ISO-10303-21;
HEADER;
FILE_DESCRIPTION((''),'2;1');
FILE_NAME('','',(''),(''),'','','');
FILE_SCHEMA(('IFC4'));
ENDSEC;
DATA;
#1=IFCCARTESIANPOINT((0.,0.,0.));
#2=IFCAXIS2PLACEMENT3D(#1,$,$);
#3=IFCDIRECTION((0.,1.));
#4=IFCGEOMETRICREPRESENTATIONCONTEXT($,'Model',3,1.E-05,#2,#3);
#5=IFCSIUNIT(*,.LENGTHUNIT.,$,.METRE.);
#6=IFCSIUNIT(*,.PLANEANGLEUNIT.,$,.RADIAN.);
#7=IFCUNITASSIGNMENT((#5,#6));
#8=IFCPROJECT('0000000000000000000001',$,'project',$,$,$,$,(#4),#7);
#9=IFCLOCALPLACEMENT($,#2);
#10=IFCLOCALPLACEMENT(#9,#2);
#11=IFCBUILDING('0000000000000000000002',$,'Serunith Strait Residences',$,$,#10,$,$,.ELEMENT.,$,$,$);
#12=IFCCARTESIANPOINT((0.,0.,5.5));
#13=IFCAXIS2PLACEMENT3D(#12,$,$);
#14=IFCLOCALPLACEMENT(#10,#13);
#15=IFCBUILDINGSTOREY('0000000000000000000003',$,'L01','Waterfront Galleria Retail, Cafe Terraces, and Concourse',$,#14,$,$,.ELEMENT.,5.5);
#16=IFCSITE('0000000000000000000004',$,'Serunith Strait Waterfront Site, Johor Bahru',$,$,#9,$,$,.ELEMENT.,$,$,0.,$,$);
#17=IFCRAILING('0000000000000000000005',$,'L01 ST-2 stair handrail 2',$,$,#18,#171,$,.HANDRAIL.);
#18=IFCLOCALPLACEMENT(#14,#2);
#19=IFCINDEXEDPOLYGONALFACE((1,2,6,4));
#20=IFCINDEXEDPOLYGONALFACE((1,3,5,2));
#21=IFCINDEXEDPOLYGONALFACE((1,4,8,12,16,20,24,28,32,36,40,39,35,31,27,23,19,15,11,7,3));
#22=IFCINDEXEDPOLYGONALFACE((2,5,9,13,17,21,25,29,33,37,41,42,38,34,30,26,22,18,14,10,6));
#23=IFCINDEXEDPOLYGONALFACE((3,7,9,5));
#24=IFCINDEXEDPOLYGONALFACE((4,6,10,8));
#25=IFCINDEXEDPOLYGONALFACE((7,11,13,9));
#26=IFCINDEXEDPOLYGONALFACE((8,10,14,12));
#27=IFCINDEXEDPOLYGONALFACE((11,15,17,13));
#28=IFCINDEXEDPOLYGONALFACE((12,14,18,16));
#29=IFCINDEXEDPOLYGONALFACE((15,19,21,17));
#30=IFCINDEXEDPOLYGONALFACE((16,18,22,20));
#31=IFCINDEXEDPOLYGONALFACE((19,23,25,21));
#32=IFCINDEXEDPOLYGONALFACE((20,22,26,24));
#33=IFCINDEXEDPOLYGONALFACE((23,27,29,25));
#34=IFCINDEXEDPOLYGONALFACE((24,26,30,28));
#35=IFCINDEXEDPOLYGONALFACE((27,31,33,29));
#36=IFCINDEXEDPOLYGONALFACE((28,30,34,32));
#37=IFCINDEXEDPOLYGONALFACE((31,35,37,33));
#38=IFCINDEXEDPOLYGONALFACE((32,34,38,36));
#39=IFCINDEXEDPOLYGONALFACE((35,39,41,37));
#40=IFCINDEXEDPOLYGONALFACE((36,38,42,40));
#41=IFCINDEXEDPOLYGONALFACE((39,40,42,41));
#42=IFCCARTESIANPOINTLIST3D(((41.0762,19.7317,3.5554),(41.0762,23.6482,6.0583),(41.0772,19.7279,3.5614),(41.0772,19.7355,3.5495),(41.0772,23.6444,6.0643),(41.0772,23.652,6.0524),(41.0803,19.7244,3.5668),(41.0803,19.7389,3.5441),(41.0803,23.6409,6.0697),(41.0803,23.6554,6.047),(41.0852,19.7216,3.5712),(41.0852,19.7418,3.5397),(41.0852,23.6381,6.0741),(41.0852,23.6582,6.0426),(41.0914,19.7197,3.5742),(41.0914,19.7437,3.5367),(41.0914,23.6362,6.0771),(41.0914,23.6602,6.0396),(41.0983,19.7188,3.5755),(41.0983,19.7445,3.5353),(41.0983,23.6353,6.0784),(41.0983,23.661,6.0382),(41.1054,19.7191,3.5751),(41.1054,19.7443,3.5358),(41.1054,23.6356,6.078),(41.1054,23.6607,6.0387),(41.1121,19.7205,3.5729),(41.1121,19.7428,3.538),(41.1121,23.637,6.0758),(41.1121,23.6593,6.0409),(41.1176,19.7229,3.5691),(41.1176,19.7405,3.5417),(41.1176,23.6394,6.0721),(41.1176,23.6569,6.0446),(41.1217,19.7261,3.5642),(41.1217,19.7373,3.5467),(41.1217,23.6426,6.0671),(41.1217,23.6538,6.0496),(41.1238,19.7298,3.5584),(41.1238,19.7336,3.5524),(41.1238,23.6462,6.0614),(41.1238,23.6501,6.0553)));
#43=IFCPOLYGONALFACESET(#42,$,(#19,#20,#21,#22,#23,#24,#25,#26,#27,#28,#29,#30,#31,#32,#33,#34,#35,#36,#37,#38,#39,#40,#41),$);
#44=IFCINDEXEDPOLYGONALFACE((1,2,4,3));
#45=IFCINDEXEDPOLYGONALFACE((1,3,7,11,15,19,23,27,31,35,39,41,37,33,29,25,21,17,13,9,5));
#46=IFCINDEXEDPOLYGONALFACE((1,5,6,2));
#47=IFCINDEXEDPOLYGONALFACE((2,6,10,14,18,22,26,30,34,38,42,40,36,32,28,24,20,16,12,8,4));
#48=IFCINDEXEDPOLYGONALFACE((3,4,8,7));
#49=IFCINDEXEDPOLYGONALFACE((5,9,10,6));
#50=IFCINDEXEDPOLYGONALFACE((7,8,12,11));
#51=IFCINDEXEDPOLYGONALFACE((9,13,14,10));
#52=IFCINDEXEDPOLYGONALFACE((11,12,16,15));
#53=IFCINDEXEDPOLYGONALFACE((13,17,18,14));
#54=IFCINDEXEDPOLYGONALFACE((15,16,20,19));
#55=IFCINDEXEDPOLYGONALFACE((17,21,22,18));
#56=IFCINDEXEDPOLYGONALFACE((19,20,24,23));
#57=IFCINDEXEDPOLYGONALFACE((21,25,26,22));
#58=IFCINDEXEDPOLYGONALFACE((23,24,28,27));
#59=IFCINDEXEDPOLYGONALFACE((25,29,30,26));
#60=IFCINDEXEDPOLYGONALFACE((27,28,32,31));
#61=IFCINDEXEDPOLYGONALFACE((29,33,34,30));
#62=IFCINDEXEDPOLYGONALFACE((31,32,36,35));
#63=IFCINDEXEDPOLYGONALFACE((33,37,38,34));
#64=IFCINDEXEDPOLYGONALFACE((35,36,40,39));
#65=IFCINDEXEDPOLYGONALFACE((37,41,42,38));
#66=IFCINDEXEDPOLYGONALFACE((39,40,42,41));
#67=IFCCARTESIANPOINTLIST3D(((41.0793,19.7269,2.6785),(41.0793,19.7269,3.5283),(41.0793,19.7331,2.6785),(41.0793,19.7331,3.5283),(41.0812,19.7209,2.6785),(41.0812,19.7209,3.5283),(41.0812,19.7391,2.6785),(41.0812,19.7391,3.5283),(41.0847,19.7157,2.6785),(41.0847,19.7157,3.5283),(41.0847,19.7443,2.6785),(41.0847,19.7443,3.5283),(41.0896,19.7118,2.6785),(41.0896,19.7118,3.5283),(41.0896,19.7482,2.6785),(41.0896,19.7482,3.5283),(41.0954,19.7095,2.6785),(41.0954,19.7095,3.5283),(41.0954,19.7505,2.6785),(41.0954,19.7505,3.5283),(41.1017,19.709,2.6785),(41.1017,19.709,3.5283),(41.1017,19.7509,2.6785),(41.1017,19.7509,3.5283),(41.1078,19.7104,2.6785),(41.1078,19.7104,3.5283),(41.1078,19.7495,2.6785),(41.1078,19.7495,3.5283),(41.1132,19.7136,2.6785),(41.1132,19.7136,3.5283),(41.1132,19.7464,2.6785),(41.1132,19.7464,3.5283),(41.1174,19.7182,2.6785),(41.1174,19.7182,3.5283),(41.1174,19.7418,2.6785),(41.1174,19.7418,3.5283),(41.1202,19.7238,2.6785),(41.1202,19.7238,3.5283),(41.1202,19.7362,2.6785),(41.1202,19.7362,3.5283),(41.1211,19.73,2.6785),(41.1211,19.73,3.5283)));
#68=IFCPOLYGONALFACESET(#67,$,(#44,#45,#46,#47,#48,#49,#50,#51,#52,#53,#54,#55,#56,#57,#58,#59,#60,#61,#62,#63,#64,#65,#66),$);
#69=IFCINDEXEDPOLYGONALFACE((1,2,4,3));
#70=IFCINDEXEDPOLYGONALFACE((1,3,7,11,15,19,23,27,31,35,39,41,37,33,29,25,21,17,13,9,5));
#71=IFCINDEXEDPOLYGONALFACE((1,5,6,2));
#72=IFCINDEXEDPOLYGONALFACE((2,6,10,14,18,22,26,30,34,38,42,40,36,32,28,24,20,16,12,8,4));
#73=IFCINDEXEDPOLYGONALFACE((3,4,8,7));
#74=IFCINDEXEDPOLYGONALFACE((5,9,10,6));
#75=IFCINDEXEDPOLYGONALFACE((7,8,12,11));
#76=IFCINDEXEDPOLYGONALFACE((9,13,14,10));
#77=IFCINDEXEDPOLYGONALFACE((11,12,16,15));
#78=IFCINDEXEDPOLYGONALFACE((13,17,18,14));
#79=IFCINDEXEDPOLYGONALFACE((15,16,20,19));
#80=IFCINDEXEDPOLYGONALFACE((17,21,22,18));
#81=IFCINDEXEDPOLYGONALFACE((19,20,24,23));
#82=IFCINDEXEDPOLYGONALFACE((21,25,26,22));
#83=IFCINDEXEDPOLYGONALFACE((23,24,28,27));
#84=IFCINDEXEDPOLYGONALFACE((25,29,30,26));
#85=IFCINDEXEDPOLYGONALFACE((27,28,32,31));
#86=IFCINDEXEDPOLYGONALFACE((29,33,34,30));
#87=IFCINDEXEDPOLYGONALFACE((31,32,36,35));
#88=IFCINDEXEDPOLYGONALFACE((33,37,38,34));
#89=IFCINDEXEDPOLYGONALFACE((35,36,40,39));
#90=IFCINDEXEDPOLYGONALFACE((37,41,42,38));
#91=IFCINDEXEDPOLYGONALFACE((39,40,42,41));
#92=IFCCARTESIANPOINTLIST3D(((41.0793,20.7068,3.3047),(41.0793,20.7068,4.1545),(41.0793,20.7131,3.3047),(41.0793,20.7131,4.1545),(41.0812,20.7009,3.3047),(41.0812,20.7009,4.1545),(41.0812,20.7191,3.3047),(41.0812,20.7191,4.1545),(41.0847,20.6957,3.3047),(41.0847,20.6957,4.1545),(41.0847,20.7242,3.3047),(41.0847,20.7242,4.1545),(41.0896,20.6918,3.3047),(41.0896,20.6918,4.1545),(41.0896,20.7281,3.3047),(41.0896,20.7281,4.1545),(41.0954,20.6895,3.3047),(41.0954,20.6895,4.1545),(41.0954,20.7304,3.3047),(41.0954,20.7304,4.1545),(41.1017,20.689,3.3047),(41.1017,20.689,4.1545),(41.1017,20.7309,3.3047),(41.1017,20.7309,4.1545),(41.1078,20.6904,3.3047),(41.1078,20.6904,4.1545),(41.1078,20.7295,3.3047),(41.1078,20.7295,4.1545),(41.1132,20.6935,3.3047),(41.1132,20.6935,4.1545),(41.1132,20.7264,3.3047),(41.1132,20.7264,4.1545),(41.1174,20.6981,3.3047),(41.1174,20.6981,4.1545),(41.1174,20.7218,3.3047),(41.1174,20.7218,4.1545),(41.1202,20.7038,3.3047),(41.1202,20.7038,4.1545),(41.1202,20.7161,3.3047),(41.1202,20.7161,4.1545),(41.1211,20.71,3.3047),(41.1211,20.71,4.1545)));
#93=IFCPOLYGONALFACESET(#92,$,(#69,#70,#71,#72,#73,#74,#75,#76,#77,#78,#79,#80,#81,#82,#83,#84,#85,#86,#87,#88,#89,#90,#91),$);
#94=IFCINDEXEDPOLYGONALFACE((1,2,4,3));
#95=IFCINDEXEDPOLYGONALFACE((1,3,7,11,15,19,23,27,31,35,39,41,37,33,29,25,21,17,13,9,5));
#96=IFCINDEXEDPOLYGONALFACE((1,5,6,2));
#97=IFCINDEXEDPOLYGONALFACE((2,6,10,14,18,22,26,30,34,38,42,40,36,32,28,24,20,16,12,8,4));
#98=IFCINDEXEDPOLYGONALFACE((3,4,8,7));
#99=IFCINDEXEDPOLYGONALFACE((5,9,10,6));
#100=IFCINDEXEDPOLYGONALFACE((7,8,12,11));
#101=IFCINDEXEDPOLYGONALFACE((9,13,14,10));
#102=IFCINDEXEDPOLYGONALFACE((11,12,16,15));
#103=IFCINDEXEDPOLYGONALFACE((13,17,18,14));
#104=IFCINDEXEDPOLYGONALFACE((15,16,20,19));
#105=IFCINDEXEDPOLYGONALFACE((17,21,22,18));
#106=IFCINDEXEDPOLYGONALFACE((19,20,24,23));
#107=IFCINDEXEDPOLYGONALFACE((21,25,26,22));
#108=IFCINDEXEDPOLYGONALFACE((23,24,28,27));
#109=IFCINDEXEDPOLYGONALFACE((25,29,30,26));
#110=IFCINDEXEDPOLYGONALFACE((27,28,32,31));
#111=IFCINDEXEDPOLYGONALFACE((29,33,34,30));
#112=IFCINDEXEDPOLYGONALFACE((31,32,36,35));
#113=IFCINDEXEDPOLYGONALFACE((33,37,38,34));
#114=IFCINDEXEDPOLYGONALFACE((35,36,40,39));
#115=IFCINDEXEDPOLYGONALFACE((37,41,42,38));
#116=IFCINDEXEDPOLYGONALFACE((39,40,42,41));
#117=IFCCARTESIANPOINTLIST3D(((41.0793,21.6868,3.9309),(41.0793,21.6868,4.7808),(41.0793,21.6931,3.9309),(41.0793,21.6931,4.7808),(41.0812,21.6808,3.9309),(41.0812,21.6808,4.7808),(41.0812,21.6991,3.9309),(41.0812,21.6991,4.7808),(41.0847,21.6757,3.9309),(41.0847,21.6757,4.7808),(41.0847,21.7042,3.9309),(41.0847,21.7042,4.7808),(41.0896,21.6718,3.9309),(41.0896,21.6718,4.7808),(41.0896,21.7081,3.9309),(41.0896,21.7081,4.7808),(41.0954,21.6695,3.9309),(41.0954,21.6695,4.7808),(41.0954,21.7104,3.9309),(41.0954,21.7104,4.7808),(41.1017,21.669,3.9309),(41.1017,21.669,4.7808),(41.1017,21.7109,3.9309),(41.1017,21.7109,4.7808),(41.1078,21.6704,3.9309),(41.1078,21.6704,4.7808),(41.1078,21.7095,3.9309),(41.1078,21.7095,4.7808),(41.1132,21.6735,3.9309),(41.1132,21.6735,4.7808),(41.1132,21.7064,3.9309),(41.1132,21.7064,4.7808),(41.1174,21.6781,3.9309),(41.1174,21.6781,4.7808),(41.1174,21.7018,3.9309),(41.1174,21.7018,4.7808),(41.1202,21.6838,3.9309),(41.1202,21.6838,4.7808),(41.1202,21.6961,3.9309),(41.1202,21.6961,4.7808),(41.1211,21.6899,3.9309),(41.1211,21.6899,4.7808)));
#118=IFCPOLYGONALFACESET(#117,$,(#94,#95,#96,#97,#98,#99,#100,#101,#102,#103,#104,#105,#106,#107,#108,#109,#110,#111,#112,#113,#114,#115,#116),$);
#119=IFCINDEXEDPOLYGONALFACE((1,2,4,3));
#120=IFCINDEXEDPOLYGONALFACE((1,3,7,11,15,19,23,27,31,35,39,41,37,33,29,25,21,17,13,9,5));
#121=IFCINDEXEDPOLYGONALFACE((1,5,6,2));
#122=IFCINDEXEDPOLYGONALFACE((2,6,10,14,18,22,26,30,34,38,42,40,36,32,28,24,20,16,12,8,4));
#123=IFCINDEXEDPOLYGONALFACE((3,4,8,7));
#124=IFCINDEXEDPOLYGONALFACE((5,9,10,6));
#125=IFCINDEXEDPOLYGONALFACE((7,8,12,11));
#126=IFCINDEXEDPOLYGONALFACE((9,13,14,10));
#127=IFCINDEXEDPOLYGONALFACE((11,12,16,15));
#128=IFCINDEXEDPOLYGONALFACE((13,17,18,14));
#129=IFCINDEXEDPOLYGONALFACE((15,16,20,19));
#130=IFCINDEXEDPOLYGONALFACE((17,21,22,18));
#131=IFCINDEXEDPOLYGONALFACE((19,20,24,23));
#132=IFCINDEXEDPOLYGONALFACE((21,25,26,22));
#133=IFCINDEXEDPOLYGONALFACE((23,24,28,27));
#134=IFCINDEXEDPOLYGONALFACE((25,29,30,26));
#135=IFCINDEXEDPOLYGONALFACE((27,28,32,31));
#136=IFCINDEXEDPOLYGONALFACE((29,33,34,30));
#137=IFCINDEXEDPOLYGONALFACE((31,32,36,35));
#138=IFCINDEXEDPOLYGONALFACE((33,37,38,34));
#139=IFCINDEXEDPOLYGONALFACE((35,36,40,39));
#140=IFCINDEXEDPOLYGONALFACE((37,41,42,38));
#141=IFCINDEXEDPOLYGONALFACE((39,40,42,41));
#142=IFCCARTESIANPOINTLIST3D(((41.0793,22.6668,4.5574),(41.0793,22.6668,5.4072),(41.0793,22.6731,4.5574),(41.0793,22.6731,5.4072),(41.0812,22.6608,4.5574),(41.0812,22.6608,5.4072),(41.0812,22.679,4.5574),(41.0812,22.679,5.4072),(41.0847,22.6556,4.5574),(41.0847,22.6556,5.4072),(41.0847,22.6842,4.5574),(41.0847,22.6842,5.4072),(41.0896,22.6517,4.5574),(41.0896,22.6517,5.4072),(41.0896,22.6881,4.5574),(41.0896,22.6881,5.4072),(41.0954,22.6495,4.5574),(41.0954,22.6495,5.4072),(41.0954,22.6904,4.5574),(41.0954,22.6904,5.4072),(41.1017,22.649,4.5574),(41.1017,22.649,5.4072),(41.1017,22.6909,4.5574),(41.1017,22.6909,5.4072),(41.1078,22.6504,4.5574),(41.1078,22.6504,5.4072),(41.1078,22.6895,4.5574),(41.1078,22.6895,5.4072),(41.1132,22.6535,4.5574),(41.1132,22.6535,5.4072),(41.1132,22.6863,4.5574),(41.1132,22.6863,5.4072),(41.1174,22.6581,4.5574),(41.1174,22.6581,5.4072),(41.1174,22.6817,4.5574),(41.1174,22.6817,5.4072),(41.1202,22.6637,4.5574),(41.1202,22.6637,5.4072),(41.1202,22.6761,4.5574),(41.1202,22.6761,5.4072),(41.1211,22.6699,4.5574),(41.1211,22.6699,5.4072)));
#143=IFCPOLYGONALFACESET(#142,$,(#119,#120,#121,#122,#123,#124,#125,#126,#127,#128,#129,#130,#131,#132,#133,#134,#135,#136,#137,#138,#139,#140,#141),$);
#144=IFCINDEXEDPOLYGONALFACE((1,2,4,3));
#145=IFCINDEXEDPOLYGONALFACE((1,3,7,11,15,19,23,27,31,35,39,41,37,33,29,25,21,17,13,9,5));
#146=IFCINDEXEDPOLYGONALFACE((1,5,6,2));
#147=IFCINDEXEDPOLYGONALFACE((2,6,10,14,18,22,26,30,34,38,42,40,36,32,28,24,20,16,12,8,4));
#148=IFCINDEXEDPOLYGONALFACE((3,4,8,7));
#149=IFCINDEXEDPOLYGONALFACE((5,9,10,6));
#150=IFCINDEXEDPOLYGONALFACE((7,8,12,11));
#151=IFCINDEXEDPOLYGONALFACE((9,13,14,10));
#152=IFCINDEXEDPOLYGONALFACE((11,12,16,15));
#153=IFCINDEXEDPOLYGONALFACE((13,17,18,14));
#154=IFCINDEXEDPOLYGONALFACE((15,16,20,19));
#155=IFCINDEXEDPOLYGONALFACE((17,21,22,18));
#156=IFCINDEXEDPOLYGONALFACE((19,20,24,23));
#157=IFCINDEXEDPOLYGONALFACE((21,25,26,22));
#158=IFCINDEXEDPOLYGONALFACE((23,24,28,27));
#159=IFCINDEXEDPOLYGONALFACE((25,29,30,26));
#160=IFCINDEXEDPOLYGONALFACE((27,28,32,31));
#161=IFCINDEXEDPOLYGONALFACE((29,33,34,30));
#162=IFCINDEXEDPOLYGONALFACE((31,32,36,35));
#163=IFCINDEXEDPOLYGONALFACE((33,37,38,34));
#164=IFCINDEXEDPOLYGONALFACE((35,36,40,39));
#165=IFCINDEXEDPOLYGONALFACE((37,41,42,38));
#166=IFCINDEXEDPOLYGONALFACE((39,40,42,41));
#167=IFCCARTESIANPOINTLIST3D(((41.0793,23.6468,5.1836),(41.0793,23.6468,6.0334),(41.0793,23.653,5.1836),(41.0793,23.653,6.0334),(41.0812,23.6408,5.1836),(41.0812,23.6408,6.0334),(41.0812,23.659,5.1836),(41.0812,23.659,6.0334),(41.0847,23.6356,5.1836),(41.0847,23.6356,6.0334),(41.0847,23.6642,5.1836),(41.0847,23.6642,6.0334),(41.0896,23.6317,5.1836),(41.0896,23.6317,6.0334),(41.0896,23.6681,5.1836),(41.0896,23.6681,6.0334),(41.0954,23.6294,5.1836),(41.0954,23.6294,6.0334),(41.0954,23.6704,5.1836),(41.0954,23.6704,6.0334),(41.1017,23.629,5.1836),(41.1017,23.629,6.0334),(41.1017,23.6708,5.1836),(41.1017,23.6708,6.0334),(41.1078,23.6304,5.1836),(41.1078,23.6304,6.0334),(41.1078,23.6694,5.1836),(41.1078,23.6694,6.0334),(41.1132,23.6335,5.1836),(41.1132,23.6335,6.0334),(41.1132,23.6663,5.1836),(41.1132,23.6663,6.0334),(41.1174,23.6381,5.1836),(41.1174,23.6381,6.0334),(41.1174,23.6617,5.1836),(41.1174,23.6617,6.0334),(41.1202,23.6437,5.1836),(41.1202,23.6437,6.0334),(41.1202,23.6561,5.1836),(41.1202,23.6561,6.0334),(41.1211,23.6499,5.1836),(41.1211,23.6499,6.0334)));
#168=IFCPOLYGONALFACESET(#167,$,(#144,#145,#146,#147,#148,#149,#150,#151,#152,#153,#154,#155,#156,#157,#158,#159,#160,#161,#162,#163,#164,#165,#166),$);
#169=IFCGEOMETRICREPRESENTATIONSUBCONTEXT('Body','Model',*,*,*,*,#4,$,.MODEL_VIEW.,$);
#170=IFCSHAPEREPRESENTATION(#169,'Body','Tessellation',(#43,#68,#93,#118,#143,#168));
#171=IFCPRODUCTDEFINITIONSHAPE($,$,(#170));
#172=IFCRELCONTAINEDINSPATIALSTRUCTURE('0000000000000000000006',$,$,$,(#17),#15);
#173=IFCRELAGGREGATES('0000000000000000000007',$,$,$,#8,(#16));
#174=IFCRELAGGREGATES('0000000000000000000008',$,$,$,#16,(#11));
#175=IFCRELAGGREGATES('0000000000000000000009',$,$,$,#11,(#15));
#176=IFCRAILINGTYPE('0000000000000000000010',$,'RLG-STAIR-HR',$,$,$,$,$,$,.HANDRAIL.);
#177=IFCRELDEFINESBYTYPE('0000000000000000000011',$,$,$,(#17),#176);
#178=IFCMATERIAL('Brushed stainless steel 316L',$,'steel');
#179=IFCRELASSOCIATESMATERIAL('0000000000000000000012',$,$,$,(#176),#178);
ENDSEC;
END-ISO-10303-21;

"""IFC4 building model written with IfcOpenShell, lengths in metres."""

from ifc_helpers import new_model, si_unit, direction, frame, origin, origin_2d, place, context, subcontext, project, spatial, circle, extrude, material, type_object, element, save


model = new_model("IFC4")

# Units and contexts
model_context = context("Model", 3, precision=1e-05, world=origin(), true_north=direction((0.0, 1.0)))
body_context = subcontext(model_context, "Body", "Model", "MODEL_VIEW")
ifc_project = project(units=[si_unit("LENGTHUNIT", "METRE"), si_unit("PLANEANGLEUNIT", "RADIAN")], contexts=[model_context])

# Site, building, storey
site_placement = place(None, origin())
site = spatial("IfcSite", under=ifc_project, at=site_placement, Name="Serunith Strait Waterfront Site, Johor Bahru", CompositionType="ELEMENT", RefElevation=0.0)
building_placement = place(site_placement, origin())
building = spatial("IfcBuilding", under=site, at=building_placement, Name="Serunith Strait Residences", CompositionType="ELEMENT")
storey_placement = place(building_placement, frame((0.0, 0.0, 5.5)))
storey = spatial("IfcBuildingStorey", under=building, at=storey_placement, Name="L01", Description="Waterfront Galleria Retail, Cafe Terraces, and Concourse", CompositionType="ELEMENT", Elevation=5.5)

# Railing
ifc_material_1 = material(Name="Brushed stainless steel 316L", Category="steel")
railing_type_1 = type_object("IfcRailingType", Name="RLG-STAIR-HR", PredefinedType="HANDRAIL", material=ifc_material_1)
railing_1_placement = place(storey_placement, frame((41.1001, 19.73, 2.6785)))
element("IfcRailing", 1, at=railing_1_placement, inside=storey, type_object=railing_type_1, Name="L01 ST-2 stair handrail 2", PredefinedType="HANDRAIL", context=body_context, shape_type="SweptSolid", body=[
    extrude(circle(Radius=0.0239, at=origin_2d()), frame((0.0, 0.0017, 0.877), z_axis=(0.0, 0.842625, 0.538501), x_axis=(-1.0, 0.0, 0.0)), (0.0, 0.0, 1.0), 4.6479),
    extrude(circle(Radius=0.021, at=origin_2d()), origin(), (0.0, 0.0, 1.0), 0.8499),
    extrude(circle(Radius=0.021, at=origin_2d()), frame((0.0, 0.98, 0.6262)), (0.0, 0.0, 1.0), 0.8499),
    extrude(circle(Radius=0.021, at=origin_2d()), frame((0.0, 1.96, 1.2524)), (0.0, 0.0, 1.0), 0.8499),
    extrude(circle(Radius=0.021, at=origin_2d()), frame((0.0, 2.9399, 1.8789)), (0.0, 0.0, 1.0), 0.8499),
    extrude(circle(Radius=0.021, at=origin_2d()), frame((0.0, 3.9199, 2.5051)), (0.0, 0.0, 1.0), 0.8499),
])

save(model, "model.ifc")
